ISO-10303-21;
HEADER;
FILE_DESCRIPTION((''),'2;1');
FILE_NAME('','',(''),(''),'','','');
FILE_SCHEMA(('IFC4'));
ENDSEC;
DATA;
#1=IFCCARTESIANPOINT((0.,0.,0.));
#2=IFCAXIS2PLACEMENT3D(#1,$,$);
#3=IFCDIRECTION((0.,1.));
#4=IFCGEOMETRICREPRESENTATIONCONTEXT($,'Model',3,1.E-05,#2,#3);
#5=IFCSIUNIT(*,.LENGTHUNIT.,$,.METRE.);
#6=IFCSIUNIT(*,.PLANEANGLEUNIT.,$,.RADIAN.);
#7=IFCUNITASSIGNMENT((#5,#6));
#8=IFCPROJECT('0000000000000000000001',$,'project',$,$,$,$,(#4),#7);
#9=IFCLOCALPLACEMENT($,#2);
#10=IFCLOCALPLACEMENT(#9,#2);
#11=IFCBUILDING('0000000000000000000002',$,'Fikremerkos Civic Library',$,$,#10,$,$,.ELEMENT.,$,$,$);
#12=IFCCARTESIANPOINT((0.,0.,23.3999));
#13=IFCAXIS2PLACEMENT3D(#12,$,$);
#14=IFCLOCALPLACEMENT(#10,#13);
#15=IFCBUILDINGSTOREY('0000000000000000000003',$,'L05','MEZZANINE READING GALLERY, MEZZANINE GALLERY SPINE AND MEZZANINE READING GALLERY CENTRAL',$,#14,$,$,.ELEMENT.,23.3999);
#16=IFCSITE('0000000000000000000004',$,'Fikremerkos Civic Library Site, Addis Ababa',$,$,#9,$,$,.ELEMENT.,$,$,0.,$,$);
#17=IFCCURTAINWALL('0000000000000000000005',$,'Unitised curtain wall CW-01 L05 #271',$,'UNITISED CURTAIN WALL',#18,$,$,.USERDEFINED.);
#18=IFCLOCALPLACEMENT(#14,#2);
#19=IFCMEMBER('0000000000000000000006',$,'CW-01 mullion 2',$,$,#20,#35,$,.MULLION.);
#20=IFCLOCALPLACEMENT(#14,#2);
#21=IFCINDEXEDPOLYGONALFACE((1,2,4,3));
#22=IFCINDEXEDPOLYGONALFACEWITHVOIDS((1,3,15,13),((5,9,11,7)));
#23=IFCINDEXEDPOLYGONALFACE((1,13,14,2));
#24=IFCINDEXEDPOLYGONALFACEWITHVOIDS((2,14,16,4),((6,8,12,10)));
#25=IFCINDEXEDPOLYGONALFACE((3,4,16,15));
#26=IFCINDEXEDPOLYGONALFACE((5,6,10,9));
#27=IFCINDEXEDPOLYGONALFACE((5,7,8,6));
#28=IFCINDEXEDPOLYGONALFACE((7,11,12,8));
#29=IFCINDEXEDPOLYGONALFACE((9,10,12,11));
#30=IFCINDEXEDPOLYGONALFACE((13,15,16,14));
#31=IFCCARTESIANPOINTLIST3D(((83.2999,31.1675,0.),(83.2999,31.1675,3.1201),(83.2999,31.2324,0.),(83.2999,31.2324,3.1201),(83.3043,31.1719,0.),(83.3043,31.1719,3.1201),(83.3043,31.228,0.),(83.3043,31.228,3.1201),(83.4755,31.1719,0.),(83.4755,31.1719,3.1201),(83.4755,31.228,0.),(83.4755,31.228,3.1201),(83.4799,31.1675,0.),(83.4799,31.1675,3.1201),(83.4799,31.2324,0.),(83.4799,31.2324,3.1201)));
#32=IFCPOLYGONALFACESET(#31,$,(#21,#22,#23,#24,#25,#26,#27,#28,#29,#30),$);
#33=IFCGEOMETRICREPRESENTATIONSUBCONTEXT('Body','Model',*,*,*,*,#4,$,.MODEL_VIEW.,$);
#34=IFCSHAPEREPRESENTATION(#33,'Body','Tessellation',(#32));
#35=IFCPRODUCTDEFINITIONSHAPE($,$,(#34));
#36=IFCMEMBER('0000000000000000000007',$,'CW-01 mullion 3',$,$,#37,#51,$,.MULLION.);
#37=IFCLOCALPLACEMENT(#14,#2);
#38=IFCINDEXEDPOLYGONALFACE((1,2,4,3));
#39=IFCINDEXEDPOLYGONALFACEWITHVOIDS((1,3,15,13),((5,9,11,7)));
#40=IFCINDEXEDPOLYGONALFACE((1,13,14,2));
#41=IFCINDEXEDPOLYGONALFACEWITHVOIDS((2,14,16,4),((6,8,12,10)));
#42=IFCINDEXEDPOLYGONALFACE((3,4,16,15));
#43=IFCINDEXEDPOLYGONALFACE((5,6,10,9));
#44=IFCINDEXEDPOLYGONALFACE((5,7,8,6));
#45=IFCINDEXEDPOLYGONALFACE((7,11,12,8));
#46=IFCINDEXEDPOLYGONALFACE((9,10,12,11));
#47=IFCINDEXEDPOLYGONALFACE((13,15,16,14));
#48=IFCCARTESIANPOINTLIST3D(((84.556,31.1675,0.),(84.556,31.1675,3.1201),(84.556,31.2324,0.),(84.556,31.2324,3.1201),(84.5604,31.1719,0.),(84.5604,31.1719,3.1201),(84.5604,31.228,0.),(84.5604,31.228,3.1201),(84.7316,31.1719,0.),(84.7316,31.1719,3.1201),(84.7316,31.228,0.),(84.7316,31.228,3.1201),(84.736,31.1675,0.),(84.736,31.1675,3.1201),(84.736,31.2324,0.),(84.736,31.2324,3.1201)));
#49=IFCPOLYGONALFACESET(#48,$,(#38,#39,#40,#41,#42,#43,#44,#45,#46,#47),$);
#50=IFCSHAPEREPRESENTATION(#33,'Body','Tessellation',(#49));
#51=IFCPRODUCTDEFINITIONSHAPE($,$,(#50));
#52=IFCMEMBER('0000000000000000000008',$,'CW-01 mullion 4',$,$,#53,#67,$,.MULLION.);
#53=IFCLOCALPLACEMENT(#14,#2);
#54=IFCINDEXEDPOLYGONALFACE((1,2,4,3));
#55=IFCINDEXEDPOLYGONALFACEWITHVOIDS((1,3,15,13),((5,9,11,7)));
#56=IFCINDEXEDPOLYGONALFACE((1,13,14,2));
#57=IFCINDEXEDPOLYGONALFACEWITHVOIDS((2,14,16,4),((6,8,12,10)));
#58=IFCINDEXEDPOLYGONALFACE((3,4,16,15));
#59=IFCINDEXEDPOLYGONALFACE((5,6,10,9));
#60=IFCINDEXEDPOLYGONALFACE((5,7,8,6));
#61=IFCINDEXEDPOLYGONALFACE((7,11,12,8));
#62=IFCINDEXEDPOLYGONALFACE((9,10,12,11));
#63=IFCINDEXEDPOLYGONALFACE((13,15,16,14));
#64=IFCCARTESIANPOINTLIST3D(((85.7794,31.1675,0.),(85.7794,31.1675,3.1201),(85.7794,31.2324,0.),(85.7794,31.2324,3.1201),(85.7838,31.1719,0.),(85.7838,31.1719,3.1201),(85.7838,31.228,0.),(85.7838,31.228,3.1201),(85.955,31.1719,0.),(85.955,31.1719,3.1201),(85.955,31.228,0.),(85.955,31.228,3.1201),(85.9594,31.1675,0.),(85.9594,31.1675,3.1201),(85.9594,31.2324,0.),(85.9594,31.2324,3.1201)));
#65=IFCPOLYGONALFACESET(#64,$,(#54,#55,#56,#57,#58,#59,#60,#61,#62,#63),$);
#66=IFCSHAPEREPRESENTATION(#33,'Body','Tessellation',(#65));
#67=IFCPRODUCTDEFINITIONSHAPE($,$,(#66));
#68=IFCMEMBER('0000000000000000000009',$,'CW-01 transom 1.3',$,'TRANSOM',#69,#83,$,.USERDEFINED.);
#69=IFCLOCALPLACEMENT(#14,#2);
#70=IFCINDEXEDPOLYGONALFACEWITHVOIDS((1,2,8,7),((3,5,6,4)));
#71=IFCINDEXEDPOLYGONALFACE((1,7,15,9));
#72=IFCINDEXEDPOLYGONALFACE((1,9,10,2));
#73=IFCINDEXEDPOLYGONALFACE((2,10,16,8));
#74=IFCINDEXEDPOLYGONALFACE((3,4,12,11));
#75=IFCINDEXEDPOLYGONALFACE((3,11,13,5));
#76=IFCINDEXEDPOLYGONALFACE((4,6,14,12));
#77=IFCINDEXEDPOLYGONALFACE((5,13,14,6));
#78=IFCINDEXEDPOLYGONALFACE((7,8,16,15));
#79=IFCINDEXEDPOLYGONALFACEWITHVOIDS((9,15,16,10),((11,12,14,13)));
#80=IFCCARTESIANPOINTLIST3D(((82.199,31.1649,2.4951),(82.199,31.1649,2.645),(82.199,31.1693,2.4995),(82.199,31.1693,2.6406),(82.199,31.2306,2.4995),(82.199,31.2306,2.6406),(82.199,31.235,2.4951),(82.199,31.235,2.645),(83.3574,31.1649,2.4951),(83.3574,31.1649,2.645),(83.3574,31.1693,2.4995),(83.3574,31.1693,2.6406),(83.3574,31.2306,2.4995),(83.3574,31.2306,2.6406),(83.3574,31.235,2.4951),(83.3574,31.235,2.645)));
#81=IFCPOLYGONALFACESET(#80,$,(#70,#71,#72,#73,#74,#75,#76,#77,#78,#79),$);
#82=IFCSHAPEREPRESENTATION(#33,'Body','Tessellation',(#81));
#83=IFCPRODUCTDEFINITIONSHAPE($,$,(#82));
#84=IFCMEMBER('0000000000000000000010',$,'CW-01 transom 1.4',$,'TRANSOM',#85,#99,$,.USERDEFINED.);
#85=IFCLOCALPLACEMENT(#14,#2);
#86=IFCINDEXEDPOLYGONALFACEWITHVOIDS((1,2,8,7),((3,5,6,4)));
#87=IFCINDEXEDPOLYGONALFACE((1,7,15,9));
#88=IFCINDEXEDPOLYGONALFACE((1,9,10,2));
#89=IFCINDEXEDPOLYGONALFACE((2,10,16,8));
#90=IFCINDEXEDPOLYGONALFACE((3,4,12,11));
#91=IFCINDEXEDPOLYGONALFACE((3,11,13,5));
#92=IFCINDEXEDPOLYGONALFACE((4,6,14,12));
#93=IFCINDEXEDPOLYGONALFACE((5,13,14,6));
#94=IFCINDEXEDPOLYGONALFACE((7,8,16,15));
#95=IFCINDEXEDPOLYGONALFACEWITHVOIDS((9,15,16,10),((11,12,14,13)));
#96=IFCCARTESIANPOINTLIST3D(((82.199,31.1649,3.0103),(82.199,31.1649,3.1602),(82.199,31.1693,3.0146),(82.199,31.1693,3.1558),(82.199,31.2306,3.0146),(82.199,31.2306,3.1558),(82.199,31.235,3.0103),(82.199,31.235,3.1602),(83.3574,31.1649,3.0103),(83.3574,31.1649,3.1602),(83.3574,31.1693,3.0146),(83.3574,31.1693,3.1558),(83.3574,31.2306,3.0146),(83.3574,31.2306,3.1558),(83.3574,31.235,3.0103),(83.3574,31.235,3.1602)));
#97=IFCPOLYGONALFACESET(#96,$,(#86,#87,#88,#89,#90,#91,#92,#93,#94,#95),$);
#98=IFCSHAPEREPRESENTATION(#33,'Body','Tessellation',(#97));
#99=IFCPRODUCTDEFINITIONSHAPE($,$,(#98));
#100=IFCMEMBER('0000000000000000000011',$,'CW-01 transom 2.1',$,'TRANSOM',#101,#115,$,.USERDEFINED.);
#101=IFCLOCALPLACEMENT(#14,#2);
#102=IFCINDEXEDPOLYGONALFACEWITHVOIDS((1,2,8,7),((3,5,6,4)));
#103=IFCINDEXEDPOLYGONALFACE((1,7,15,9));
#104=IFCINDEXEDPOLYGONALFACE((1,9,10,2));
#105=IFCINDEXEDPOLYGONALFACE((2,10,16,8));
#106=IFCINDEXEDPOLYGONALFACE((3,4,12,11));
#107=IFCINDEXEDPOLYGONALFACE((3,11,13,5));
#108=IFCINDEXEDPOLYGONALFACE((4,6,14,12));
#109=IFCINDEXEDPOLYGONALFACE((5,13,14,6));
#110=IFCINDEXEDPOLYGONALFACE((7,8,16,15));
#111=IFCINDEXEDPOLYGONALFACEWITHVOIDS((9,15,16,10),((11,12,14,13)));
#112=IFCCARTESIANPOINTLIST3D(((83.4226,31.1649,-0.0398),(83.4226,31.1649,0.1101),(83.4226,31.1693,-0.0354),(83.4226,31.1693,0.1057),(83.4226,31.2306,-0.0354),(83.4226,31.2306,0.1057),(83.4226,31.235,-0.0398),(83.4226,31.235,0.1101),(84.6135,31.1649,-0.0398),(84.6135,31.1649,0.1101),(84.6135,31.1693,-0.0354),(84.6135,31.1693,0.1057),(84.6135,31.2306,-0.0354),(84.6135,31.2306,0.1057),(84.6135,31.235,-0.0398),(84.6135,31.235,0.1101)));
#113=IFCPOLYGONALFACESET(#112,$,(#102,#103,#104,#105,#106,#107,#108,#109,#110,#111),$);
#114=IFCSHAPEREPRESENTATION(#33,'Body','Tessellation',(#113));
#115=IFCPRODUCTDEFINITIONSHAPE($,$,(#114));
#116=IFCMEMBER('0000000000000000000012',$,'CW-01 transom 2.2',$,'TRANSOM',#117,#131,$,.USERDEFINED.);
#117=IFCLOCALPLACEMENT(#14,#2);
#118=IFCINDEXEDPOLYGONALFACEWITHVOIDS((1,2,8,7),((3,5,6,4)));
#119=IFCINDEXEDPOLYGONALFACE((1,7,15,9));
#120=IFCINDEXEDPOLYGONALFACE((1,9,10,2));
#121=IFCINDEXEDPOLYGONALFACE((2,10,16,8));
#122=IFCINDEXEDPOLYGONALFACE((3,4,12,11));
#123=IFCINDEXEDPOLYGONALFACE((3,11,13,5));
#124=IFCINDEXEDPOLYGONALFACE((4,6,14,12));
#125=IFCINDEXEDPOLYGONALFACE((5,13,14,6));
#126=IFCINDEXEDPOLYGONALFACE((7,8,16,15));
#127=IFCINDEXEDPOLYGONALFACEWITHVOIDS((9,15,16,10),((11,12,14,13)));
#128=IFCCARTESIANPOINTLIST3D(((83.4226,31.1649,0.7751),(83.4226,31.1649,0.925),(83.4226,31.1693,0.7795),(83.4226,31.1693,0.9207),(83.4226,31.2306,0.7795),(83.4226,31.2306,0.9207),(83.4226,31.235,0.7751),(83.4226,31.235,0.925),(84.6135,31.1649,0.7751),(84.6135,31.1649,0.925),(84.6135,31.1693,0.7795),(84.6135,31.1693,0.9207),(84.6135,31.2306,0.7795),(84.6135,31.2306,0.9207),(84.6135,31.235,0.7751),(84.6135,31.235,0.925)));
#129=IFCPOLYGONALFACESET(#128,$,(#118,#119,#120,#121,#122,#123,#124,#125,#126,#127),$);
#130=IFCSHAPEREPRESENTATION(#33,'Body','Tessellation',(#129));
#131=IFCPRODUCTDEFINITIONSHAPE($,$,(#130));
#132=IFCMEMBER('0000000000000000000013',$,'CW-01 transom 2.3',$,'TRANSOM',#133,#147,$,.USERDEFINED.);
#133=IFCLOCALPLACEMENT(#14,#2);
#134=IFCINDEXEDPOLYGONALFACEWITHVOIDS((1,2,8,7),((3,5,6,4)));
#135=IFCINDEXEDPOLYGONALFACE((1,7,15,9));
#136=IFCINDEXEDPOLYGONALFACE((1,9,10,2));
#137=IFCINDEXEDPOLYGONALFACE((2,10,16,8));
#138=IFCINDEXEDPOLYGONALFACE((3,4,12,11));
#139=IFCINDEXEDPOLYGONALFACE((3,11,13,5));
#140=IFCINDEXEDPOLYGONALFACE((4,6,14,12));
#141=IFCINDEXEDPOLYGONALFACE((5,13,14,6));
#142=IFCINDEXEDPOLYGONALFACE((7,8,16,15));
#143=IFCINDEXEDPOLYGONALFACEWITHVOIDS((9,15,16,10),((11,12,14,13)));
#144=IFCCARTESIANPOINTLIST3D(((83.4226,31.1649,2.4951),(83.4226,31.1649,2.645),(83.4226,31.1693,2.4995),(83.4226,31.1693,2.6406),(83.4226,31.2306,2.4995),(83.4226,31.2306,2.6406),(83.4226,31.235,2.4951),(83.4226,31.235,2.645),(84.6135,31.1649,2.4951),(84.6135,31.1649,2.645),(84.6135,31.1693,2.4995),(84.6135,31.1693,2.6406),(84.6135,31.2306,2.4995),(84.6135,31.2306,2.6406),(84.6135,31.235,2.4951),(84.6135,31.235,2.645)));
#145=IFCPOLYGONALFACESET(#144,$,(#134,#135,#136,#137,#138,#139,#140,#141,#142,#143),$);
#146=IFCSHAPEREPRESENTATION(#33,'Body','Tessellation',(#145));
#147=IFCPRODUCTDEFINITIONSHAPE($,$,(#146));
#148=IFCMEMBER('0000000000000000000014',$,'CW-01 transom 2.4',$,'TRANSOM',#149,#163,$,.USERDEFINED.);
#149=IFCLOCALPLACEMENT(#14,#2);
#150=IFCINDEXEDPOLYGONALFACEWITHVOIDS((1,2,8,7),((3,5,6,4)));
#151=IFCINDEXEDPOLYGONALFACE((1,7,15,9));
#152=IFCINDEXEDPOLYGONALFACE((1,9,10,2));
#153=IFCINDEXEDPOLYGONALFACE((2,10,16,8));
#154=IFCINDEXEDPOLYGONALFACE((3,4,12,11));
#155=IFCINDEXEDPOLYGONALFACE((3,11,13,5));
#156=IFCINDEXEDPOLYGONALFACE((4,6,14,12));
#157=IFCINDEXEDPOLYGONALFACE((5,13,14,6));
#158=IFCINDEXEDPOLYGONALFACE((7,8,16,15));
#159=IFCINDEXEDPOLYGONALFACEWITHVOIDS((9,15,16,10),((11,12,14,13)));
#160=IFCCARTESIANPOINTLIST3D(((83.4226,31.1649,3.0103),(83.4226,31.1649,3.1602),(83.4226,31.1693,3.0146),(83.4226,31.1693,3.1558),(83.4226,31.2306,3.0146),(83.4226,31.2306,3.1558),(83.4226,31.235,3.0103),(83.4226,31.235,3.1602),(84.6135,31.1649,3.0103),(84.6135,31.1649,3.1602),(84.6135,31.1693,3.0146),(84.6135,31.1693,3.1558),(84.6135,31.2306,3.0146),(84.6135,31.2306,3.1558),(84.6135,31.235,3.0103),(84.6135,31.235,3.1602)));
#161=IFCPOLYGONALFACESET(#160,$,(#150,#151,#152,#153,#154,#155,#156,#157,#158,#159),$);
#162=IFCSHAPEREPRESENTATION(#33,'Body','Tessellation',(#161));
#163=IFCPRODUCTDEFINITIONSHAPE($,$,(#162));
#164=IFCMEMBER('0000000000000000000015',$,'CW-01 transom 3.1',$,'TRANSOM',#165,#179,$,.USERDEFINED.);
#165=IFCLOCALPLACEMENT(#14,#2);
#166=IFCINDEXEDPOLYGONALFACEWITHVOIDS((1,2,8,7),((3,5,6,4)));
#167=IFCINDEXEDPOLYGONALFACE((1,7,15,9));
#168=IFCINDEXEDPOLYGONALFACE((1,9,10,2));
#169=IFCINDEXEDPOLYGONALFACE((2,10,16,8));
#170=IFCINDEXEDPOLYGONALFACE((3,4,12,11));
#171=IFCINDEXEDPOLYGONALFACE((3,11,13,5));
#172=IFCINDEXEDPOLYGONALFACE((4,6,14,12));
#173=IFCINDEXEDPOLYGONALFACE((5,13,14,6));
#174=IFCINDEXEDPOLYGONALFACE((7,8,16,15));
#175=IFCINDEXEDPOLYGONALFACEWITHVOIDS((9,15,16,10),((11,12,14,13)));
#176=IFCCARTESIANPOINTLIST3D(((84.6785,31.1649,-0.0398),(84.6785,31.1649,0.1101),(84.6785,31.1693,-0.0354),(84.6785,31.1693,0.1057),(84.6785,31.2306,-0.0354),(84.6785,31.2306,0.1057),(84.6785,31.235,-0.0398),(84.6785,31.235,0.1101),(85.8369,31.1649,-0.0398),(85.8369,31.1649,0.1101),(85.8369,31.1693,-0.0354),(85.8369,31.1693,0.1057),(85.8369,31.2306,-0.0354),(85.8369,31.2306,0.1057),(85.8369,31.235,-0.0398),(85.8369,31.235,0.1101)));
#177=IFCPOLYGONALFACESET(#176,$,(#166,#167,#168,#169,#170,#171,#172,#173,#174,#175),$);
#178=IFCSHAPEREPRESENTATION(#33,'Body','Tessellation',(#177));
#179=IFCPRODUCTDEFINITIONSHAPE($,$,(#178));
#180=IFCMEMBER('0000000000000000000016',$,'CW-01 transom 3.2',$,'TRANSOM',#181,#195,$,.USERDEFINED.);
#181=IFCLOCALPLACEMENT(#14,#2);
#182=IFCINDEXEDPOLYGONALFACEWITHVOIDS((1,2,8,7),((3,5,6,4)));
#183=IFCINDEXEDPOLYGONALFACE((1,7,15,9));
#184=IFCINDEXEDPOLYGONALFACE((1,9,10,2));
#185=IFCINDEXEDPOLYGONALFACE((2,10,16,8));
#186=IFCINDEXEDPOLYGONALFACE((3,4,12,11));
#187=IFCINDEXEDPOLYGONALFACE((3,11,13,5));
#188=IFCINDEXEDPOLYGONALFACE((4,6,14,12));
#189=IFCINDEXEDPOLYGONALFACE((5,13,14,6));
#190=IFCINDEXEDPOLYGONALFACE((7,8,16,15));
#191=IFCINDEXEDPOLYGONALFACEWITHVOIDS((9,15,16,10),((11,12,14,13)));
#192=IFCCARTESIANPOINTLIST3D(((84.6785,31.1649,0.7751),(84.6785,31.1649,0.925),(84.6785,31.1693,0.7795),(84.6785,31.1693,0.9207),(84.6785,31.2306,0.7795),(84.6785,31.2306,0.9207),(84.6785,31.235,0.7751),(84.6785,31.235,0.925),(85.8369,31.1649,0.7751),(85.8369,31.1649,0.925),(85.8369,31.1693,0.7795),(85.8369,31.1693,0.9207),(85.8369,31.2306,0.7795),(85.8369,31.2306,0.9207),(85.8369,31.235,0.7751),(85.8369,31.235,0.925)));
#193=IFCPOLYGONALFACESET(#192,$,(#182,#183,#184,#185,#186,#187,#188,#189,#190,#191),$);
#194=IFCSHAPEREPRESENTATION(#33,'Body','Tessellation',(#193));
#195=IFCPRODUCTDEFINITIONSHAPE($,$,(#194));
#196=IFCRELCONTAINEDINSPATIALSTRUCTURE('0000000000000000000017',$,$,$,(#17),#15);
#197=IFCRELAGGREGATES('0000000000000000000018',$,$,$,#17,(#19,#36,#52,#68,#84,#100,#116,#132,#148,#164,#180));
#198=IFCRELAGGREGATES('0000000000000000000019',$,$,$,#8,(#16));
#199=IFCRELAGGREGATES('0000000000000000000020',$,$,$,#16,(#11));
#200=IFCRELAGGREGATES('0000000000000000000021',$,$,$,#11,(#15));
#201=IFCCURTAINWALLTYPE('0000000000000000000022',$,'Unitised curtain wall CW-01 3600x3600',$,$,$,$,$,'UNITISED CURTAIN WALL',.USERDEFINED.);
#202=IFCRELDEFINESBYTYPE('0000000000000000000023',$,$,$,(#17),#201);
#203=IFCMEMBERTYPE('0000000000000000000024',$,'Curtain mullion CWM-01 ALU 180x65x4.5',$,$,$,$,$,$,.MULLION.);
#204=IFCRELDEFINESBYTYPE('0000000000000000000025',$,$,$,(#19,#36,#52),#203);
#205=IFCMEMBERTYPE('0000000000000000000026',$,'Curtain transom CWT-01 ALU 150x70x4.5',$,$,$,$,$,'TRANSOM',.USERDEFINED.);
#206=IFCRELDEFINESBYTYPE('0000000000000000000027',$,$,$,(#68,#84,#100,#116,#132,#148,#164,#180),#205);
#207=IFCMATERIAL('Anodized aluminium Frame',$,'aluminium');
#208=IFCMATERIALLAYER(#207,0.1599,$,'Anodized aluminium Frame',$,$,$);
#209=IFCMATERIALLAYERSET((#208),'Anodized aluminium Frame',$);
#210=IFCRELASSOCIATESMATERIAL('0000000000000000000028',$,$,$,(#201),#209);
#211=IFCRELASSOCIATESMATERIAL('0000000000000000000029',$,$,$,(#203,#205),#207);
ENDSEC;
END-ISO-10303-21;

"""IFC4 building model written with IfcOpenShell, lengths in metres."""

from ifc_helpers import new_model, si_unit, direction, frame, origin, origin_2d, place, context, subcontext, project, spatial, hollow_rectangle, extrude, material, layer, layer_set, material_profile, profile_set, type_object, element, aggregate, save


model = new_model("IFC4")

# Units and contexts
model_context = context("Model", 3, precision=1e-05, world=origin(), true_north=direction((0.0, 1.0)))
body_context = subcontext(model_context, "Body", "Model", "MODEL_VIEW")
ifc_project = project(units=[si_unit("LENGTHUNIT", "METRE"), si_unit("PLANEANGLEUNIT", "RADIAN")], contexts=[model_context])

# Site, building, storey
site_placement = place(None, origin())
site = spatial("IfcSite", under=ifc_project, at=site_placement, Name="Fikremerkos Civic Library Site, Addis Ababa", CompositionType="ELEMENT", RefElevation=0.0)
building_placement = place(site_placement, origin())
building = spatial("IfcBuilding", under=site, at=building_placement, Name="Fikremerkos Civic Library", CompositionType="ELEMENT")
storey_placement = place(building_placement, frame((0.0, 0.0, 23.3999)))
storey = spatial("IfcBuildingStorey", under=building, at=storey_placement, Name="L05", Description="MEZZANINE READING GALLERY, MEZZANINE GALLERY SPINE AND MEZZANINE READING GALLERY CENTRAL", CompositionType="ELEMENT", Elevation=23.3999)

# Curtain wall, members
ifc_material_1 = material(Name="Anodized aluminium Frame", Category="aluminium")
ifc_layer_1 = layer(ifc_material_1, 0.1599, Name="Anodized aluminium Frame")
ifc_layer_set_1 = layer_set([ifc_layer_1], Name="Anodized aluminium Frame")
curtain_wall_type = type_object("IfcCurtainWallType", Name="Unitised curtain wall CW-01 3600x3600", ElementType="UNITISED CURTAIN WALL", PredefinedType="USERDEFINED", material=ifc_layer_set_1)
curtain_wall_placement = place(storey_placement, origin())
curtain_wall = element("IfcCurtainWall", 1, at=curtain_wall_placement, inside=storey, type_object=curtain_wall_type, Name="Unitised curtain wall CW-01 L05 #271", ObjectType="UNITISED CURTAIN WALL", PredefinedType="USERDEFINED")
ifc_material_profile_1 = material_profile(ifc_material_1, hollow_rectangle(XDim=0.0649, YDim=0.1799, WallThickness=0.0044, at=origin_2d()), Name="ALU 180x65x4.5")
ifc_profile_set_1 = profile_set([ifc_material_profile_1], Name="Anodized aluminium Frame")
member_type_1 = type_object("IfcMemberType", Name="Curtain mullion CWM-01 ALU 180x65x4.5", PredefinedType="MULLION", material=ifc_profile_set_1)
member_1_placement = place(storey_placement, frame((83.3899, 31.2, 0.0), z_axis=(0.0, 0.0, 1.0), x_axis=(0.0, 1.0, 0.0)))
member_1 = element("IfcMember", 2, at=member_1_placement, type_object=member_type_1, Name="CW-01 mullion 2", PredefinedType="MULLION", context=body_context, shape_type="SweptSolid", body=[
    extrude(hollow_rectangle(XDim=0.0649, YDim=0.1799, WallThickness=0.0044, at=origin_2d()), origin(), (0.0, 0.0, 1.0), 3.1201),
])
member_2_placement = place(storey_placement, frame((84.646, 31.2, 0.0), z_axis=(0.0, 0.0, 1.0), x_axis=(0.0, 1.0, 0.0)))
member_2 = element("IfcMember", 3, at=member_2_placement, type_object=member_type_1, Name="CW-01 mullion 3", PredefinedType="MULLION", context=body_context, shape_type="SweptSolid", body=[
    extrude(hollow_rectangle(XDim=0.0649, YDim=0.1799, WallThickness=0.0044, at=origin_2d()), origin(), (0.0, 0.0, 1.0), 3.1201),
])
member_3_placement = place(storey_placement, frame((85.8694, 31.2, 0.0), z_axis=(0.0, 0.0, 1.0), x_axis=(0.0, 1.0, 0.0)))
member_3 = element("IfcMember", 4, at=member_3_placement, type_object=member_type_1, Name="CW-01 mullion 4", PredefinedType="MULLION", context=body_context, shape_type="SweptSolid", body=[
    extrude(hollow_rectangle(XDim=0.0649, YDim=0.1799, WallThickness=0.0044, at=origin_2d()), origin(), (0.0, 0.0, 1.0), 3.1201),
])
ifc_material_profile_2 = material_profile(ifc_material_1, hollow_rectangle(XDim=0.0701, YDim=0.1499, WallThickness=0.0044, at=origin_2d()), Name="ALU 150x70x4.5")
ifc_profile_set_2 = profile_set([ifc_material_profile_2], Name="Anodized aluminium Frame")
member_type_2 = type_object("IfcMemberType", Name="Curtain transom CWT-01 ALU 150x70x4.5", ElementType="TRANSOM", PredefinedType="USERDEFINED", material=ifc_profile_set_2)
member_4_placement = place(storey_placement, frame((82.199, 31.2, 2.5701), z_axis=(1.0, 0.0, 0.0), x_axis=(0.0, 1.0, 0.0)))
member_4 = element("IfcMember", 5, at=member_4_placement, type_object=member_type_2, Name="CW-01 transom 1.3", ObjectType="TRANSOM", PredefinedType="USERDEFINED", context=body_context, shape_type="SweptSolid", body=[
    extrude(hollow_rectangle(XDim=0.0701, YDim=0.1499, WallThickness=0.0044, at=origin_2d()), origin(), (0.0, 0.0, 1.0), 1.1584),
])
member_5_placement = place(storey_placement, frame((82.199, 31.2, 3.0852), z_axis=(1.0, 0.0, 0.0), x_axis=(0.0, 1.0, 0.0)))
member_5 = element("IfcMember", 6, at=member_5_placement, type_object=member_type_2, Name="CW-01 transom 1.4", ObjectType="TRANSOM", PredefinedType="USERDEFINED", context=body_context, shape_type="SweptSolid", body=[
    extrude(hollow_rectangle(XDim=0.0701, YDim=0.1499, WallThickness=0.0044, at=origin_2d()), origin(), (0.0, 0.0, 1.0), 1.1584),
])
member_6_placement = place(storey_placement, frame((83.4226, 31.2, 0.0352), z_axis=(1.0, 0.0, 0.0), x_axis=(0.0, 1.0, 0.0)))
member_6 = element("IfcMember", 7, at=member_6_placement, type_object=member_type_2, Name="CW-01 transom 2.1", ObjectType="TRANSOM", PredefinedType="USERDEFINED", context=body_context, shape_type="SweptSolid", body=[
    extrude(hollow_rectangle(XDim=0.0701, YDim=0.1499, WallThickness=0.0044, at=origin_2d()), origin(), (0.0, 0.0, 1.0), 1.1909),
])
member_7_placement = place(storey_placement, frame((83.4226, 31.2, 0.8501), z_axis=(1.0, 0.0, 0.0), x_axis=(0.0, 1.0, 0.0)))
member_7 = element("IfcMember", 8, at=member_7_placement, type_object=member_type_2, Name="CW-01 transom 2.2", ObjectType="TRANSOM", PredefinedType="USERDEFINED", context=body_context, shape_type="SweptSolid", body=[
    extrude(hollow_rectangle(XDim=0.0701, YDim=0.1499, WallThickness=0.0044, at=origin_2d()), origin(), (0.0, 0.0, 1.0), 1.1909),
])
member_8_placement = place(storey_placement, frame((83.4226, 31.2, 2.5701), z_axis=(1.0, 0.0, 0.0), x_axis=(0.0, 1.0, 0.0)))
member_8 = element("IfcMember", 9, at=member_8_placement, type_object=member_type_2, Name="CW-01 transom 2.3", ObjectType="TRANSOM", PredefinedType="USERDEFINED", context=body_context, shape_type="SweptSolid", body=[
    extrude(hollow_rectangle(XDim=0.0701, YDim=0.1499, WallThickness=0.0044, at=origin_2d()), origin(), (0.0, 0.0, 1.0), 1.1909),
])
member_9_placement = place(storey_placement, frame((83.4226, 31.2, 3.0852), z_axis=(1.0, 0.0, 0.0), x_axis=(0.0, 1.0, 0.0)))
member_9 = element("IfcMember", 10, at=member_9_placement, type_object=member_type_2, Name="CW-01 transom 2.4", ObjectType="TRANSOM", PredefinedType="USERDEFINED", context=body_context, shape_type="SweptSolid", body=[
    extrude(hollow_rectangle(XDim=0.0701, YDim=0.1499, WallThickness=0.0044, at=origin_2d()), origin(), (0.0, 0.0, 1.0), 1.1909),
])
member_10_placement = place(storey_placement, frame((84.6785, 31.2, 0.0352), z_axis=(1.0, 0.0, 0.0), x_axis=(0.0, 1.0, 0.0)))
member_10 = element("IfcMember", 11, at=member_10_placement, type_object=member_type_2, Name="CW-01 transom 3.1", ObjectType="TRANSOM", PredefinedType="USERDEFINED", context=body_context, shape_type="SweptSolid", body=[
    extrude(hollow_rectangle(XDim=0.0701, YDim=0.1499, WallThickness=0.0044, at=origin_2d()), origin(), (0.0, 0.0, 1.0), 1.1584),
])
member_11_placement = place(storey_placement, frame((84.6785, 31.2, 0.8501), z_axis=(1.0, 0.0, 0.0), x_axis=(0.0, 1.0, 0.0)))
member_11 = element("IfcMember", 12, at=member_11_placement, type_object=member_type_2, Name="CW-01 transom 3.2", ObjectType="TRANSOM", PredefinedType="USERDEFINED", context=body_context, shape_type="SweptSolid", body=[
    extrude(hollow_rectangle(XDim=0.0701, YDim=0.1499, WallThickness=0.0044, at=origin_2d()), origin(), (0.0, 0.0, 1.0), 1.1584),
])
aggregate(curtain_wall, [member_1, member_2, member_3, member_4, member_5, member_6, member_7, member_8, member_9, member_10, member_11])

save(model, "model.ifc")
